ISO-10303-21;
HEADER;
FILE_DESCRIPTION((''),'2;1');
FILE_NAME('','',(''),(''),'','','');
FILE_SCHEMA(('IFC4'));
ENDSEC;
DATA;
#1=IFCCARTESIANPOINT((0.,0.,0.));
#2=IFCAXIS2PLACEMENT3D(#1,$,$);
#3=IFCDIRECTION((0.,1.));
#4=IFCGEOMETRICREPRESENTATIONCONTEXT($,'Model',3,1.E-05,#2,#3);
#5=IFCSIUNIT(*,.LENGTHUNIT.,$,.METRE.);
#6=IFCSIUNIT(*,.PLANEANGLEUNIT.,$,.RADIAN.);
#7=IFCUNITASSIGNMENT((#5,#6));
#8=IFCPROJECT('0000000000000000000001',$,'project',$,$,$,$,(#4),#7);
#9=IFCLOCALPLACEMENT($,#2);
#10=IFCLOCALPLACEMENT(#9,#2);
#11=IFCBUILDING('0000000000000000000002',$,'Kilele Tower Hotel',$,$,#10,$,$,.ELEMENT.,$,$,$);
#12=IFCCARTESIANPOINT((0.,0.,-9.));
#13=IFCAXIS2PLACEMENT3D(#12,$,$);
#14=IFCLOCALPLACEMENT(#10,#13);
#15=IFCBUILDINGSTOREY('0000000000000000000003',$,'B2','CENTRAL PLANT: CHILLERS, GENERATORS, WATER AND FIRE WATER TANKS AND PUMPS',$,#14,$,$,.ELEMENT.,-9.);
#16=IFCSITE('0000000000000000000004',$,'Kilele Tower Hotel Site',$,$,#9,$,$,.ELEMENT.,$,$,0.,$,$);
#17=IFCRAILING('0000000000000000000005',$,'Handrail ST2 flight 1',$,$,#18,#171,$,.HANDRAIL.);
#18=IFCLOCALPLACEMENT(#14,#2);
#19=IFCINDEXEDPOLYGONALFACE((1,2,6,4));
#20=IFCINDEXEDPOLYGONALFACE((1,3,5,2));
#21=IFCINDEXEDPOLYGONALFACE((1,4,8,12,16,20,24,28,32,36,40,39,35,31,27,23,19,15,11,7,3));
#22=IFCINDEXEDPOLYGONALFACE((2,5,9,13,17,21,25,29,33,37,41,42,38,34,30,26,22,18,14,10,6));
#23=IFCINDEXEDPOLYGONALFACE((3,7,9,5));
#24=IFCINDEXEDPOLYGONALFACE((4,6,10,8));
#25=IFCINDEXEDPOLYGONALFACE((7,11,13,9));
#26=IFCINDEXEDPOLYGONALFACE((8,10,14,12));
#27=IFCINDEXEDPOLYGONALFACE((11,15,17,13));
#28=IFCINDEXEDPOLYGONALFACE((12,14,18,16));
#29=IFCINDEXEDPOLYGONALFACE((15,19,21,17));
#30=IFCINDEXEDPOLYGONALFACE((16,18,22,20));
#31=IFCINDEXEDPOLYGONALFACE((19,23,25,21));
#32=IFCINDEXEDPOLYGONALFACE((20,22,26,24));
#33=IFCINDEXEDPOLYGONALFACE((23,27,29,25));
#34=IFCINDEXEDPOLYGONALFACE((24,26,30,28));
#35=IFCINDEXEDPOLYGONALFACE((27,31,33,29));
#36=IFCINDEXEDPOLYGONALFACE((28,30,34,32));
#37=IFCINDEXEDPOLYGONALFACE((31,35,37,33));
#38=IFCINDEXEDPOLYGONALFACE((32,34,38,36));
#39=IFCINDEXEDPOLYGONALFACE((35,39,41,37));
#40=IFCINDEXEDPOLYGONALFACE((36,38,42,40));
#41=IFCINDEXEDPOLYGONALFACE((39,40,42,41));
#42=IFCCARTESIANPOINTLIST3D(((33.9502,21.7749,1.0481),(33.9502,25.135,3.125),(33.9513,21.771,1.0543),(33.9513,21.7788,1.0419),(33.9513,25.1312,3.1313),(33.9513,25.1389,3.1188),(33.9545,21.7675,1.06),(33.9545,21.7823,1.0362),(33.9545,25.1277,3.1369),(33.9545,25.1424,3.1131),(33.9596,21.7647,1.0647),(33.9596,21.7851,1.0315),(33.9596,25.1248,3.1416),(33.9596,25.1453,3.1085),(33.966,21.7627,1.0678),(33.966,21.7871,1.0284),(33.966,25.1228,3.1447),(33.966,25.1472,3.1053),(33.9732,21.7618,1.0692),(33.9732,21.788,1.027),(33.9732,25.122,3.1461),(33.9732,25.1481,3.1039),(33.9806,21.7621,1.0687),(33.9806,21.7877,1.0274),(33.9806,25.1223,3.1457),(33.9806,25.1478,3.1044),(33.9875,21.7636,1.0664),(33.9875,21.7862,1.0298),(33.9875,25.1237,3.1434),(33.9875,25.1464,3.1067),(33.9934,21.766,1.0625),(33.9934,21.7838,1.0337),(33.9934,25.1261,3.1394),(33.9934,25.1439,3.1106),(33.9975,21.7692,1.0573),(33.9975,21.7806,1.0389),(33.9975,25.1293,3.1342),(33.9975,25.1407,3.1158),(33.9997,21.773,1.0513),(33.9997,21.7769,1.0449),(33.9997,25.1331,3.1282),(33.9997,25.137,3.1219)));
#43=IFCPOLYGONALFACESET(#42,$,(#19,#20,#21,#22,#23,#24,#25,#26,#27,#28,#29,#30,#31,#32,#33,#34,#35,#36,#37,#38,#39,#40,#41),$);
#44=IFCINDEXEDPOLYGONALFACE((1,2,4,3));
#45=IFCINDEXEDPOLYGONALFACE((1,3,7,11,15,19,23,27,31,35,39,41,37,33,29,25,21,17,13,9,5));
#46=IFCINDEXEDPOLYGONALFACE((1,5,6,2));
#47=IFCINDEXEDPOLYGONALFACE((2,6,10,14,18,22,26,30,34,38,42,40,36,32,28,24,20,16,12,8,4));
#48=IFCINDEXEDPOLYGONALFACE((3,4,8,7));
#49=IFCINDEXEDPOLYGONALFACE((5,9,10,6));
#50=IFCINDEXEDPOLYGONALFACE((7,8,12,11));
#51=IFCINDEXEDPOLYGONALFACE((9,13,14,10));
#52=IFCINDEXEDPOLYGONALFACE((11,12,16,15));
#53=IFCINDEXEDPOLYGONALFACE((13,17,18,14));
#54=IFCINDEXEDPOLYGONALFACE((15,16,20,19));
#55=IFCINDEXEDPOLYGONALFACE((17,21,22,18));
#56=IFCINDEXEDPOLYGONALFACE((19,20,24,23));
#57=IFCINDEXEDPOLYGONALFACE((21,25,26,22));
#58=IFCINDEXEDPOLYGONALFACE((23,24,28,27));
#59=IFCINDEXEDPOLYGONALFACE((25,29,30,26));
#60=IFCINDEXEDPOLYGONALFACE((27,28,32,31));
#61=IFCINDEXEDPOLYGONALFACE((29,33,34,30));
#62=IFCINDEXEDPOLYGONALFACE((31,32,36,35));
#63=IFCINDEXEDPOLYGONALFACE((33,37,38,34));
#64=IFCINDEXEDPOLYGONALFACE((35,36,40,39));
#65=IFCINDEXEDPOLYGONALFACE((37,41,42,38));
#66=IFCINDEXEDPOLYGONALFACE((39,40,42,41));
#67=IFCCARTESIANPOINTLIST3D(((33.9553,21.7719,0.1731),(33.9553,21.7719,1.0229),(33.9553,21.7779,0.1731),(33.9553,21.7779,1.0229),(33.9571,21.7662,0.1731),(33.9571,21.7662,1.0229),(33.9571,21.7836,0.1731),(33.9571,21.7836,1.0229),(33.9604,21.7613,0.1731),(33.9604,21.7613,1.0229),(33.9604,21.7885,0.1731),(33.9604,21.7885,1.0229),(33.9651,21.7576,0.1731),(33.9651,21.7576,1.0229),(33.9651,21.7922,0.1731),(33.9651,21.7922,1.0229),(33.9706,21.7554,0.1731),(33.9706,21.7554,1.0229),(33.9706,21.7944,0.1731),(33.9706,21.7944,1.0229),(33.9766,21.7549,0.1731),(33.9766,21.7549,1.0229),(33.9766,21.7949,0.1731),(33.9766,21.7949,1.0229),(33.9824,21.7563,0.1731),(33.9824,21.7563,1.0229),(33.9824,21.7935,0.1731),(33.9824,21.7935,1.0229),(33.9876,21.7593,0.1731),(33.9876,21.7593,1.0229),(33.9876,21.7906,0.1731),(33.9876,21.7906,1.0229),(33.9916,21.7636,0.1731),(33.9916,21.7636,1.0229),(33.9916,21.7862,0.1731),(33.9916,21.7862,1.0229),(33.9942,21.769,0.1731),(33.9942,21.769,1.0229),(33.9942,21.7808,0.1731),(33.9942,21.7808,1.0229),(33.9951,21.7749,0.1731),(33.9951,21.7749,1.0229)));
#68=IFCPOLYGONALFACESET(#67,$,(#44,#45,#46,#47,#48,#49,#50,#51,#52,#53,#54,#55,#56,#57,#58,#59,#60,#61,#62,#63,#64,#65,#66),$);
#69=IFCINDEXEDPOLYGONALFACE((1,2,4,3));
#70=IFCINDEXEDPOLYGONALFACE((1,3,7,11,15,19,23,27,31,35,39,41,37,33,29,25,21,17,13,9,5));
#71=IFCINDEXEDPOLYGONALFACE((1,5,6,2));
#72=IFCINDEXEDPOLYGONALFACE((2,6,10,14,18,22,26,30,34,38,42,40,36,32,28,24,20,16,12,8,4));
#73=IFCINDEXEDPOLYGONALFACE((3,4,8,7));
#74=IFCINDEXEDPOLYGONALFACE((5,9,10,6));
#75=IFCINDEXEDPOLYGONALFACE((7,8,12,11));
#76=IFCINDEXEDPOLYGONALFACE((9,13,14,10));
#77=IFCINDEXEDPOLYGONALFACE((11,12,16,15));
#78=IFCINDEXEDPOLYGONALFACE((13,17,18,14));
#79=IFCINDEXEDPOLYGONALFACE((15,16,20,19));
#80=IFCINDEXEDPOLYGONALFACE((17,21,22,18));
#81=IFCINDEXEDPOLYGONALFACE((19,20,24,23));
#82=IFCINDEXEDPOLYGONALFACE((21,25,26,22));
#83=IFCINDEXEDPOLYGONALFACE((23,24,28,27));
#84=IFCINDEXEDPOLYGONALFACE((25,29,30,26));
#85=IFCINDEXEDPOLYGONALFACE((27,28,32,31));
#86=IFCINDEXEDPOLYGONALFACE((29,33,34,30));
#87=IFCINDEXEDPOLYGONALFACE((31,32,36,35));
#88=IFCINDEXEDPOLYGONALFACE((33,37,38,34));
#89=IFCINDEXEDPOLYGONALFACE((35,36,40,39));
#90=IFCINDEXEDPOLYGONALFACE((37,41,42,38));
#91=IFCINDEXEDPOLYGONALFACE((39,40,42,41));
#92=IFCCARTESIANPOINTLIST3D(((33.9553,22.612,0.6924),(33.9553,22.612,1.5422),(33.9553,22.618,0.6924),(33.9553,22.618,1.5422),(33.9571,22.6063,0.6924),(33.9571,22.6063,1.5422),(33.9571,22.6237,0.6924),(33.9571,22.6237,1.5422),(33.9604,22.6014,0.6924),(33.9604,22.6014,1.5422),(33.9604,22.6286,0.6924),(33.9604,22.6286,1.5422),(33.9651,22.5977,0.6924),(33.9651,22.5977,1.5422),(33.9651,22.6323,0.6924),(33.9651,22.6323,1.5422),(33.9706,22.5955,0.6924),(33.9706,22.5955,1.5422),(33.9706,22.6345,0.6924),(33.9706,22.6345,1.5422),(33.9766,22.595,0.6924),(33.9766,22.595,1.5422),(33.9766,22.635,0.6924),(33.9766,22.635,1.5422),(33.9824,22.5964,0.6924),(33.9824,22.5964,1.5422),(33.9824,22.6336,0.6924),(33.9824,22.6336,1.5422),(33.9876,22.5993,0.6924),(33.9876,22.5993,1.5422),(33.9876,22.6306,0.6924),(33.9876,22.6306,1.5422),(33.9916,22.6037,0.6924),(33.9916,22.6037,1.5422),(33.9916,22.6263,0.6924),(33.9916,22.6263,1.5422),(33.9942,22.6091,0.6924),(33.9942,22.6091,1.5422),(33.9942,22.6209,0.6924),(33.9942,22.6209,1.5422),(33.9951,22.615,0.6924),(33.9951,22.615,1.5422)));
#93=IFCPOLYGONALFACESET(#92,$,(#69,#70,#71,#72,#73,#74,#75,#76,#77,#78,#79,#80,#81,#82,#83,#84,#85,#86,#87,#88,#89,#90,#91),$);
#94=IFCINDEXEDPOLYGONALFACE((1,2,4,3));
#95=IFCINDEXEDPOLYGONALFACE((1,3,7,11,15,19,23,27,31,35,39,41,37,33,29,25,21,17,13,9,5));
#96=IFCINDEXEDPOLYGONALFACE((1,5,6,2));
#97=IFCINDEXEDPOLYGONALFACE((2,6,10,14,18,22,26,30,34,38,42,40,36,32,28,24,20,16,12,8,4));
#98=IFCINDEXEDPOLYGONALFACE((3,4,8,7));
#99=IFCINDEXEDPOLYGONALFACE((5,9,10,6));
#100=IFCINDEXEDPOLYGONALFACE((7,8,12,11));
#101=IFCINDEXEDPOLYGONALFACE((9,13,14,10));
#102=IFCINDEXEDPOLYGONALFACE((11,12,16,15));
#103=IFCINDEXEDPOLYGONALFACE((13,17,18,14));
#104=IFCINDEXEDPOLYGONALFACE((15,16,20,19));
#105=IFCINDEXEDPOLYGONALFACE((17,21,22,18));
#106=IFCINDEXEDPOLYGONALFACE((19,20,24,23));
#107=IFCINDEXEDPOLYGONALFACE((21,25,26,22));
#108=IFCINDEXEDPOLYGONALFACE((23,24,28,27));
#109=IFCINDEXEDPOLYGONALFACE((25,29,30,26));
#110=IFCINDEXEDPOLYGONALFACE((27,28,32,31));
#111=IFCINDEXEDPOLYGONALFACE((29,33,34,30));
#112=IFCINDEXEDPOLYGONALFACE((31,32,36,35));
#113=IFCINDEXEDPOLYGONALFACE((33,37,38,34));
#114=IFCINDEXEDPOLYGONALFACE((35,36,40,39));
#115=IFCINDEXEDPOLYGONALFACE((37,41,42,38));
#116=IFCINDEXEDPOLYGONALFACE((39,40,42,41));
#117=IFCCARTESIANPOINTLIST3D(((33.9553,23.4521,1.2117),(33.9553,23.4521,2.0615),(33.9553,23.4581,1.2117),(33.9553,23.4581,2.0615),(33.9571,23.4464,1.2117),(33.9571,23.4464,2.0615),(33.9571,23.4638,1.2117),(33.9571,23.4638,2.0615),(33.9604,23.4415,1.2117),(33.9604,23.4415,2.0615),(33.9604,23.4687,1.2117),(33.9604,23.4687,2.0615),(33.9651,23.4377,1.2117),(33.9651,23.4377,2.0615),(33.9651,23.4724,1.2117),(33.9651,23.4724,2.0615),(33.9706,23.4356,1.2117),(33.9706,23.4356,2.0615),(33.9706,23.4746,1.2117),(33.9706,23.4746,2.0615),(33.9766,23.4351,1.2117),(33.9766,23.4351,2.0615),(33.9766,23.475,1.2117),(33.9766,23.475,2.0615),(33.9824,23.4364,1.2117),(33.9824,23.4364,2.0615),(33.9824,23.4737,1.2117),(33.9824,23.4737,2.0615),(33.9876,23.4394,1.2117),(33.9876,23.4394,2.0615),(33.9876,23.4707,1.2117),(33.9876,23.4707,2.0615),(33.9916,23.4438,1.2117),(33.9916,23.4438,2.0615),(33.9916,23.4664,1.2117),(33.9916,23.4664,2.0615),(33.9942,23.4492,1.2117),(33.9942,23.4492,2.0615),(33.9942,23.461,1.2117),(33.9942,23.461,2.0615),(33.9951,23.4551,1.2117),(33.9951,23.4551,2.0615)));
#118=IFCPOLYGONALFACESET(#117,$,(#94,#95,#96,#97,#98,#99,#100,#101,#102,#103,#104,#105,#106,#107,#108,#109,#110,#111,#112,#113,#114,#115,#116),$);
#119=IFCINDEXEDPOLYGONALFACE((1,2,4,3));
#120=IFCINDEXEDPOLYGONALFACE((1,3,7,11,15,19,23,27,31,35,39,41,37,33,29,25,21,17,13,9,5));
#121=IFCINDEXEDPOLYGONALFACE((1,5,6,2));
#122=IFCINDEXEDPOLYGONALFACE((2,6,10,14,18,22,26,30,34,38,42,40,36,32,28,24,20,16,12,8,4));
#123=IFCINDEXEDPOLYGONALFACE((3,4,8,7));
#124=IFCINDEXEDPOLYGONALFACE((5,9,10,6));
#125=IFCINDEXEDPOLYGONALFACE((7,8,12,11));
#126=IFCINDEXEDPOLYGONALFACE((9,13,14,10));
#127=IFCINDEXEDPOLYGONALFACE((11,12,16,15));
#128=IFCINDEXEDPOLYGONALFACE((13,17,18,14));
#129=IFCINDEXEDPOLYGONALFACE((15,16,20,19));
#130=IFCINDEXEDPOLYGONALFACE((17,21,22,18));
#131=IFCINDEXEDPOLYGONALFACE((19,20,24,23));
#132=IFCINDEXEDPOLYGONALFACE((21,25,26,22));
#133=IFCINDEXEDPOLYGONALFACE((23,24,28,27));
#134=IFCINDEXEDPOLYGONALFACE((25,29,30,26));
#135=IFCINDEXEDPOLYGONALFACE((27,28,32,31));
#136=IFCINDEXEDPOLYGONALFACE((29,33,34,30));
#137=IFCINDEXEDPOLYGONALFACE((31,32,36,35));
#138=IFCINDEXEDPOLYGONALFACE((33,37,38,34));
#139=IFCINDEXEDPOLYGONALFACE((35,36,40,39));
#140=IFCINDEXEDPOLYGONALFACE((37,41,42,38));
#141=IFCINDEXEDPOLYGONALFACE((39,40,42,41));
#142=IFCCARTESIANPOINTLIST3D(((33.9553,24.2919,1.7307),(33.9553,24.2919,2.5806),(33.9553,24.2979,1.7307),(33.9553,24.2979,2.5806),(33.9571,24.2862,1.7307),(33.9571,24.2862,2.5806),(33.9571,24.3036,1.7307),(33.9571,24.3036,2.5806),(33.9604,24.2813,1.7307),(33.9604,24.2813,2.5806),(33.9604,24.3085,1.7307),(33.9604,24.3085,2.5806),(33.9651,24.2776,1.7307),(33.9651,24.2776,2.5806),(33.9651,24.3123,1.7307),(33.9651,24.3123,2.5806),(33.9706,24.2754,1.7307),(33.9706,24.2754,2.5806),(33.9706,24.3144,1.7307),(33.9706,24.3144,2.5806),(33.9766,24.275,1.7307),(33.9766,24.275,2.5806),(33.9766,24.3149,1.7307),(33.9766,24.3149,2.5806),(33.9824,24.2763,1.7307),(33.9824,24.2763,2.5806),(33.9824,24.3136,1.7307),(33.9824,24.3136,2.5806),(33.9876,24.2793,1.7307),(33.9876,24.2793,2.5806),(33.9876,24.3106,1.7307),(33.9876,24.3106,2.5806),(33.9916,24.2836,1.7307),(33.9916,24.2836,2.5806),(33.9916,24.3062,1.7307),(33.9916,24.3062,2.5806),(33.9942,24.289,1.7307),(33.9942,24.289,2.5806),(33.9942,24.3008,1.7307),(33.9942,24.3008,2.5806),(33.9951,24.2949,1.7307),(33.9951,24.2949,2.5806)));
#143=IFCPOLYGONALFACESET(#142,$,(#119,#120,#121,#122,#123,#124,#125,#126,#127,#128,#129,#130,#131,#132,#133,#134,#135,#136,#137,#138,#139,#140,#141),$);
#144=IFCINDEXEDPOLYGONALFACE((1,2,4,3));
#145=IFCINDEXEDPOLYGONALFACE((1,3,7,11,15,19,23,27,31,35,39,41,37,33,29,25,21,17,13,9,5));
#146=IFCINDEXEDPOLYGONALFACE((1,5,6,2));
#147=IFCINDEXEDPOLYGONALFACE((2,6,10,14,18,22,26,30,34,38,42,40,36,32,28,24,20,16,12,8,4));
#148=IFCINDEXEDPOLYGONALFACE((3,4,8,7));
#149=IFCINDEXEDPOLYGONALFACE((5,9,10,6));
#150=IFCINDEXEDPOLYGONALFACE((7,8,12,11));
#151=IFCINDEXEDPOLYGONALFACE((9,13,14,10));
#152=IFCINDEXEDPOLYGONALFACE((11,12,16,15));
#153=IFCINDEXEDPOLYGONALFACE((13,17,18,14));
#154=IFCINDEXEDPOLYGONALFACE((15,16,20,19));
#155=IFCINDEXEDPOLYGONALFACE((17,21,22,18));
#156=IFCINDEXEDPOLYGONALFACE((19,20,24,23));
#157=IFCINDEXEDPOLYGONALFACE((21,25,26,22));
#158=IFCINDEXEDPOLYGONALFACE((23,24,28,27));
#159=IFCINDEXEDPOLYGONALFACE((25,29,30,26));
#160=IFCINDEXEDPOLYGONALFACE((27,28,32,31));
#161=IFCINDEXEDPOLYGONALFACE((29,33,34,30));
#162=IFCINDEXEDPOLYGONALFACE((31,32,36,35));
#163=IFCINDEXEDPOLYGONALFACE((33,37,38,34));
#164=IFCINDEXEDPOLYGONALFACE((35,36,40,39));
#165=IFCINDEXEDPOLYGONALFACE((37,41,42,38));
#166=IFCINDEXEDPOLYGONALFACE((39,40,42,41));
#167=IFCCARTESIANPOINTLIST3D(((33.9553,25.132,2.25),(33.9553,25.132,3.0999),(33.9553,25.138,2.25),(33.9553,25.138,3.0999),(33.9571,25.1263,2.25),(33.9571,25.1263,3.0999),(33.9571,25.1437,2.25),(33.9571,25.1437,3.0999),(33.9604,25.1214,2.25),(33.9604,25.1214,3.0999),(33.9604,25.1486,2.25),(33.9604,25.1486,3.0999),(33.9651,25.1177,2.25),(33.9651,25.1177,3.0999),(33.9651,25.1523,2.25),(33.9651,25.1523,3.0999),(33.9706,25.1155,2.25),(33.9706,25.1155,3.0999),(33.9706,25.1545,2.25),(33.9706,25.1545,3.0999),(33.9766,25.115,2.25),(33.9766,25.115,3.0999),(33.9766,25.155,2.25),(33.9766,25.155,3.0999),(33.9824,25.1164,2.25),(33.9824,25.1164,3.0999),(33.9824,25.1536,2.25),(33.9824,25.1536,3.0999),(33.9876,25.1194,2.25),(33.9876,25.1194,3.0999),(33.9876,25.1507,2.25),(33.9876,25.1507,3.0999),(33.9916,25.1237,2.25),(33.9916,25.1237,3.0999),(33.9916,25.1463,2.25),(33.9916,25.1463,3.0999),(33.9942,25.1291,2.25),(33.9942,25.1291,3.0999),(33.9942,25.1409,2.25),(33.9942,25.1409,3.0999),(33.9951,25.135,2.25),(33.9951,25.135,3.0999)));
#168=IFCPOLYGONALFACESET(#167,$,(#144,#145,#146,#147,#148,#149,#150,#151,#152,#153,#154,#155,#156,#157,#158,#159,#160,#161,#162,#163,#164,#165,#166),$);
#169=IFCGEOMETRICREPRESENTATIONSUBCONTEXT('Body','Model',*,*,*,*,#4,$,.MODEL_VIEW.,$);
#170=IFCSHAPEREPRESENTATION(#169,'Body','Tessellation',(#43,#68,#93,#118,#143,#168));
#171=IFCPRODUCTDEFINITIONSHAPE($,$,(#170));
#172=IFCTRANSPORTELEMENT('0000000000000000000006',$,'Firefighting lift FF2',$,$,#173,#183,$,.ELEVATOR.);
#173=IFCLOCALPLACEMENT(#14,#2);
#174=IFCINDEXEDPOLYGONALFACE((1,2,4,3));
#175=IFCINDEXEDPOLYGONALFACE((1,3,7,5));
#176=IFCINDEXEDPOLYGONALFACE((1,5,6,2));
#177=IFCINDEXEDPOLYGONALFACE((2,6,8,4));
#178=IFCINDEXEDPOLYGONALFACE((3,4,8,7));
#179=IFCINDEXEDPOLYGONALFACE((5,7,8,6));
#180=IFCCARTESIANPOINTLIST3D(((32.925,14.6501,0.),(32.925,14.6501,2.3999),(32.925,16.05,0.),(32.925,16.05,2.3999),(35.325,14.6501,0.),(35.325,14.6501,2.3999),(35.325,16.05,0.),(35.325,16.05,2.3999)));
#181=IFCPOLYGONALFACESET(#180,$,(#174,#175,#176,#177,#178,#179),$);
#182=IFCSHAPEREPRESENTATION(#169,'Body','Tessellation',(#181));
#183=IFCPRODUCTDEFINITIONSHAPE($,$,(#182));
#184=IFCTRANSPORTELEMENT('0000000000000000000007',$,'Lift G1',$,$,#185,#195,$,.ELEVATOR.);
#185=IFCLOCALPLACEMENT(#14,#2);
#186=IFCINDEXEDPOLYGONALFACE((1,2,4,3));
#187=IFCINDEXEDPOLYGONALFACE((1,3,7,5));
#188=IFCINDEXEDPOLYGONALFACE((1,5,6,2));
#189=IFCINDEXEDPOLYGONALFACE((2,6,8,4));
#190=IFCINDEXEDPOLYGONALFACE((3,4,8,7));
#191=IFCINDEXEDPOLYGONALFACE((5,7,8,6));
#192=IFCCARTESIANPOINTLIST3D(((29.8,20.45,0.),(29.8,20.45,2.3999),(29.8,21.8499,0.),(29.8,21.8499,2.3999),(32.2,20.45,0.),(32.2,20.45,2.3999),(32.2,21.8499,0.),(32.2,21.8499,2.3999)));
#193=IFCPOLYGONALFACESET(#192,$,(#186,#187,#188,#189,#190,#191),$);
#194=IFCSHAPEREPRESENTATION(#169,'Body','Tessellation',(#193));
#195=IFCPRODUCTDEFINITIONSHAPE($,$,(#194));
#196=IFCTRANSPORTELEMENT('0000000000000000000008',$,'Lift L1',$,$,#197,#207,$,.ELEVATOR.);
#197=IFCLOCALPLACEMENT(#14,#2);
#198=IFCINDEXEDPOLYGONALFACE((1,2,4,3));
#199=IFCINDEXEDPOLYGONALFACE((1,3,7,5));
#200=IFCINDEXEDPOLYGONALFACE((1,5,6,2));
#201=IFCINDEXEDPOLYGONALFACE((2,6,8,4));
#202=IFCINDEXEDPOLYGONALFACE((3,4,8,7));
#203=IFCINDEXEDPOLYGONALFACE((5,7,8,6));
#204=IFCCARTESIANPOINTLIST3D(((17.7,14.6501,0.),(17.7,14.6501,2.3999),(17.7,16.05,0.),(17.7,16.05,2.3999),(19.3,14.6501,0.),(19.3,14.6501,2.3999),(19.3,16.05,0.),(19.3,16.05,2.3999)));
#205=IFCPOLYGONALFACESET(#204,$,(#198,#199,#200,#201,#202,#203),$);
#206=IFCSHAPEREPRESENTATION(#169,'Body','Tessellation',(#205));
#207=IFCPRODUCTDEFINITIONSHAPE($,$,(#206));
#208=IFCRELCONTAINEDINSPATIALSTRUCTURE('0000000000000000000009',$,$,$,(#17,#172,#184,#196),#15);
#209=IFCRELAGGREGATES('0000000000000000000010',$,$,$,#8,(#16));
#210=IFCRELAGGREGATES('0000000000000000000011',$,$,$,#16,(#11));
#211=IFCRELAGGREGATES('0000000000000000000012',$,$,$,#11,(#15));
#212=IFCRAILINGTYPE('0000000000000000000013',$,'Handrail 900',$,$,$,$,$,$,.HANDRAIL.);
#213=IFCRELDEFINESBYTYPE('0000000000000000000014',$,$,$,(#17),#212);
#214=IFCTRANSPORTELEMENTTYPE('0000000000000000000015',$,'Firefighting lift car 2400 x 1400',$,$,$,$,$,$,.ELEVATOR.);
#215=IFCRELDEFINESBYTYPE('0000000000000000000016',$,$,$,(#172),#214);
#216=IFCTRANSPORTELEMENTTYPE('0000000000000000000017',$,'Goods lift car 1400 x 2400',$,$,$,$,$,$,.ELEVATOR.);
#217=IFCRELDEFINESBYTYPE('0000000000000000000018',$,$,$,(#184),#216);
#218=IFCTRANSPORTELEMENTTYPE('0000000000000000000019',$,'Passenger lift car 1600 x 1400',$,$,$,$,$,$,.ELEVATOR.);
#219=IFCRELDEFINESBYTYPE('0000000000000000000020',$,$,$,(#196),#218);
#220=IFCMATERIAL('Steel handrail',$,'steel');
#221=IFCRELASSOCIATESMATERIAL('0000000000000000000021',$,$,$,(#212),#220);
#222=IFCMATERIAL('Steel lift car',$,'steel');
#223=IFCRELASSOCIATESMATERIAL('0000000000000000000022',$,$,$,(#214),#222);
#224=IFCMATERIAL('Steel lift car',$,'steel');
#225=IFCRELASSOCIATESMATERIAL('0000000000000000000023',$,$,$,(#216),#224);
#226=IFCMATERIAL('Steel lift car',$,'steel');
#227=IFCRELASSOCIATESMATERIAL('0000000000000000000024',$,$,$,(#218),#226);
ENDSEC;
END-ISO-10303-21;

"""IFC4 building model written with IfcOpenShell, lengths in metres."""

from ifc_helpers import new_model, si_unit, direction, frame, origin, origin_2d, place, context, subcontext, project, spatial, rectangle, circle, extrude, material, type_object, element, save


model = new_model("IFC4")

# Units and contexts
model_context = context("Model", 3, precision=1e-05, world=origin(), true_north=direction((0.0, 1.0)))
body_context = subcontext(model_context, "Body", "Model", "MODEL_VIEW")
ifc_project = project(units=[si_unit("LENGTHUNIT", "METRE"), si_unit("PLANEANGLEUNIT", "RADIAN")], contexts=[model_context])

# Site, building, storey
site_placement = place(None, origin())
site = spatial("IfcSite", under=ifc_project, at=site_placement, Name="Kilele Tower Hotel Site", CompositionType="ELEMENT", RefElevation=0.0)
building_placement = place(site_placement, origin())
building = spatial("IfcBuilding", under=site, at=building_placement, Name="Kilele Tower Hotel", CompositionType="ELEMENT")
storey_placement = place(building_placement, frame((0.0, 0.0, -9.0)))
storey = spatial("IfcBuildingStorey", under=building, at=storey_placement, Name="B2", Description="CENTRAL PLANT: CHILLERS, GENERATORS, WATER AND FIRE WATER TANKS AND PUMPS", CompositionType="ELEMENT", Elevation=-9.0)

# Railing
ifc_material_1 = material(Name="Steel handrail", Category="steel")
railing_type_1 = type_object("IfcRailingType", Name="Handrail 900", PredefinedType="HANDRAIL", material=ifc_material_1)
for number, where, name in (
    (1, (33.9751, 21.7749, 0.1731), "Handrail ST2 flight 1"),
):
    element("IfcRailing", number, at=place(storey_placement, frame(where)), inside=storey, type_object=railing_type_1, Name=name, PredefinedType="HANDRAIL", context=body_context, shape_type="SweptSolid", body=[
        extrude(circle(Radius=0.0249, at=origin_2d()), frame((0.0, 0.0, 0.875), z_axis=(0.0, 0.850623, 0.525776), x_axis=(-1.0, 0.0, 0.0)), (0.0, 0.0, 1.0), 3.9502),
        extrude(circle(Radius=0.02, at=origin_2d()), origin(), (0.0, 0.0, 1.0), 0.8499),
        extrude(circle(Radius=0.02, at=origin_2d()), frame((0.0, 0.8401, 0.5193)), (0.0, 0.0, 1.0), 0.8499),
        extrude(circle(Radius=0.02, at=origin_2d()), frame((0.0, 1.6802, 1.0386)), (0.0, 0.0, 1.0), 0.8499),
        extrude(circle(Radius=0.02, at=origin_2d()), frame((0.0, 2.52, 1.5576)), (0.0, 0.0, 1.0), 0.8499),
        extrude(circle(Radius=0.02, at=origin_2d()), frame((0.0, 3.3601, 2.0769)), (0.0, 0.0, 1.0), 0.8499),
    ])

# Transport elements
ifc_material_2 = material(Name="Steel lift car", Category="steel")
transport_element_type_1 = type_object("IfcTransportElementType", Name="Firefighting lift car 2400 x 1400", PredefinedType="ELEVATOR", material=ifc_material_2)
transport_element_1_placement = place(storey_placement, frame((34.125, 15.3501, 0.0), z_axis=(0.0, 0.0, 1.0), x_axis=(1.0, 0.0, 0.0)))
element("IfcTransportElement", 2, at=transport_element_1_placement, inside=storey, type_object=transport_element_type_1, Name="Firefighting lift FF2", PredefinedType="ELEVATOR", context=body_context, shape_type="SweptSolid", body=[
    extrude(rectangle(XDim=2.3999, YDim=1.3999, at=origin_2d()), origin(), (0.0, 0.0, 1.0), 2.3999),
])
ifc_material_3 = material(Name="Steel lift car", Category="steel")
transport_element_type_2 = type_object("IfcTransportElementType", Name="Goods lift car 1400 x 2400", PredefinedType="ELEVATOR", material=ifc_material_3)
transport_element_2_placement = place(storey_placement, frame((31.0, 21.1499, 0.0), z_axis=(0.0, 0.0, 1.0), x_axis=(1.0, 0.0, 0.0)))
element("IfcTransportElement", 3, at=transport_element_2_placement, inside=storey, type_object=transport_element_type_2, Name="Lift G1", PredefinedType="ELEVATOR", context=body_context, shape_type="SweptSolid", body=[
    extrude(rectangle(XDim=2.3999, YDim=1.3999, at=origin_2d()), origin(), (0.0, 0.0, 1.0), 2.3999),
])
ifc_material_4 = material(Name="Steel lift car", Category="steel")
transport_element_type_3 = type_object("IfcTransportElementType", Name="Passenger lift car 1600 x 1400", PredefinedType="ELEVATOR", material=ifc_material_4)
for number, where, z_axis, x_axis, name in (
    (4, (18.5, 15.3501, 0.0), (0.0, 0.0, 1.0), (1.0, 0.0, 0.0), "Lift L1"),
):
    element("IfcTransportElement", number, at=place(storey_placement, frame(where, z_axis=z_axis, x_axis=x_axis)), inside=storey, type_object=transport_element_type_3, Name=name, PredefinedType="ELEVATOR", context=body_context, shape_type="SweptSolid", body=[
        extrude(rectangle(XDim=1.6001, YDim=1.3999, at=origin_2d()), origin(), (0.0, 0.0, 1.0), 2.3999),
    ])

save(model, "model.ifc")
